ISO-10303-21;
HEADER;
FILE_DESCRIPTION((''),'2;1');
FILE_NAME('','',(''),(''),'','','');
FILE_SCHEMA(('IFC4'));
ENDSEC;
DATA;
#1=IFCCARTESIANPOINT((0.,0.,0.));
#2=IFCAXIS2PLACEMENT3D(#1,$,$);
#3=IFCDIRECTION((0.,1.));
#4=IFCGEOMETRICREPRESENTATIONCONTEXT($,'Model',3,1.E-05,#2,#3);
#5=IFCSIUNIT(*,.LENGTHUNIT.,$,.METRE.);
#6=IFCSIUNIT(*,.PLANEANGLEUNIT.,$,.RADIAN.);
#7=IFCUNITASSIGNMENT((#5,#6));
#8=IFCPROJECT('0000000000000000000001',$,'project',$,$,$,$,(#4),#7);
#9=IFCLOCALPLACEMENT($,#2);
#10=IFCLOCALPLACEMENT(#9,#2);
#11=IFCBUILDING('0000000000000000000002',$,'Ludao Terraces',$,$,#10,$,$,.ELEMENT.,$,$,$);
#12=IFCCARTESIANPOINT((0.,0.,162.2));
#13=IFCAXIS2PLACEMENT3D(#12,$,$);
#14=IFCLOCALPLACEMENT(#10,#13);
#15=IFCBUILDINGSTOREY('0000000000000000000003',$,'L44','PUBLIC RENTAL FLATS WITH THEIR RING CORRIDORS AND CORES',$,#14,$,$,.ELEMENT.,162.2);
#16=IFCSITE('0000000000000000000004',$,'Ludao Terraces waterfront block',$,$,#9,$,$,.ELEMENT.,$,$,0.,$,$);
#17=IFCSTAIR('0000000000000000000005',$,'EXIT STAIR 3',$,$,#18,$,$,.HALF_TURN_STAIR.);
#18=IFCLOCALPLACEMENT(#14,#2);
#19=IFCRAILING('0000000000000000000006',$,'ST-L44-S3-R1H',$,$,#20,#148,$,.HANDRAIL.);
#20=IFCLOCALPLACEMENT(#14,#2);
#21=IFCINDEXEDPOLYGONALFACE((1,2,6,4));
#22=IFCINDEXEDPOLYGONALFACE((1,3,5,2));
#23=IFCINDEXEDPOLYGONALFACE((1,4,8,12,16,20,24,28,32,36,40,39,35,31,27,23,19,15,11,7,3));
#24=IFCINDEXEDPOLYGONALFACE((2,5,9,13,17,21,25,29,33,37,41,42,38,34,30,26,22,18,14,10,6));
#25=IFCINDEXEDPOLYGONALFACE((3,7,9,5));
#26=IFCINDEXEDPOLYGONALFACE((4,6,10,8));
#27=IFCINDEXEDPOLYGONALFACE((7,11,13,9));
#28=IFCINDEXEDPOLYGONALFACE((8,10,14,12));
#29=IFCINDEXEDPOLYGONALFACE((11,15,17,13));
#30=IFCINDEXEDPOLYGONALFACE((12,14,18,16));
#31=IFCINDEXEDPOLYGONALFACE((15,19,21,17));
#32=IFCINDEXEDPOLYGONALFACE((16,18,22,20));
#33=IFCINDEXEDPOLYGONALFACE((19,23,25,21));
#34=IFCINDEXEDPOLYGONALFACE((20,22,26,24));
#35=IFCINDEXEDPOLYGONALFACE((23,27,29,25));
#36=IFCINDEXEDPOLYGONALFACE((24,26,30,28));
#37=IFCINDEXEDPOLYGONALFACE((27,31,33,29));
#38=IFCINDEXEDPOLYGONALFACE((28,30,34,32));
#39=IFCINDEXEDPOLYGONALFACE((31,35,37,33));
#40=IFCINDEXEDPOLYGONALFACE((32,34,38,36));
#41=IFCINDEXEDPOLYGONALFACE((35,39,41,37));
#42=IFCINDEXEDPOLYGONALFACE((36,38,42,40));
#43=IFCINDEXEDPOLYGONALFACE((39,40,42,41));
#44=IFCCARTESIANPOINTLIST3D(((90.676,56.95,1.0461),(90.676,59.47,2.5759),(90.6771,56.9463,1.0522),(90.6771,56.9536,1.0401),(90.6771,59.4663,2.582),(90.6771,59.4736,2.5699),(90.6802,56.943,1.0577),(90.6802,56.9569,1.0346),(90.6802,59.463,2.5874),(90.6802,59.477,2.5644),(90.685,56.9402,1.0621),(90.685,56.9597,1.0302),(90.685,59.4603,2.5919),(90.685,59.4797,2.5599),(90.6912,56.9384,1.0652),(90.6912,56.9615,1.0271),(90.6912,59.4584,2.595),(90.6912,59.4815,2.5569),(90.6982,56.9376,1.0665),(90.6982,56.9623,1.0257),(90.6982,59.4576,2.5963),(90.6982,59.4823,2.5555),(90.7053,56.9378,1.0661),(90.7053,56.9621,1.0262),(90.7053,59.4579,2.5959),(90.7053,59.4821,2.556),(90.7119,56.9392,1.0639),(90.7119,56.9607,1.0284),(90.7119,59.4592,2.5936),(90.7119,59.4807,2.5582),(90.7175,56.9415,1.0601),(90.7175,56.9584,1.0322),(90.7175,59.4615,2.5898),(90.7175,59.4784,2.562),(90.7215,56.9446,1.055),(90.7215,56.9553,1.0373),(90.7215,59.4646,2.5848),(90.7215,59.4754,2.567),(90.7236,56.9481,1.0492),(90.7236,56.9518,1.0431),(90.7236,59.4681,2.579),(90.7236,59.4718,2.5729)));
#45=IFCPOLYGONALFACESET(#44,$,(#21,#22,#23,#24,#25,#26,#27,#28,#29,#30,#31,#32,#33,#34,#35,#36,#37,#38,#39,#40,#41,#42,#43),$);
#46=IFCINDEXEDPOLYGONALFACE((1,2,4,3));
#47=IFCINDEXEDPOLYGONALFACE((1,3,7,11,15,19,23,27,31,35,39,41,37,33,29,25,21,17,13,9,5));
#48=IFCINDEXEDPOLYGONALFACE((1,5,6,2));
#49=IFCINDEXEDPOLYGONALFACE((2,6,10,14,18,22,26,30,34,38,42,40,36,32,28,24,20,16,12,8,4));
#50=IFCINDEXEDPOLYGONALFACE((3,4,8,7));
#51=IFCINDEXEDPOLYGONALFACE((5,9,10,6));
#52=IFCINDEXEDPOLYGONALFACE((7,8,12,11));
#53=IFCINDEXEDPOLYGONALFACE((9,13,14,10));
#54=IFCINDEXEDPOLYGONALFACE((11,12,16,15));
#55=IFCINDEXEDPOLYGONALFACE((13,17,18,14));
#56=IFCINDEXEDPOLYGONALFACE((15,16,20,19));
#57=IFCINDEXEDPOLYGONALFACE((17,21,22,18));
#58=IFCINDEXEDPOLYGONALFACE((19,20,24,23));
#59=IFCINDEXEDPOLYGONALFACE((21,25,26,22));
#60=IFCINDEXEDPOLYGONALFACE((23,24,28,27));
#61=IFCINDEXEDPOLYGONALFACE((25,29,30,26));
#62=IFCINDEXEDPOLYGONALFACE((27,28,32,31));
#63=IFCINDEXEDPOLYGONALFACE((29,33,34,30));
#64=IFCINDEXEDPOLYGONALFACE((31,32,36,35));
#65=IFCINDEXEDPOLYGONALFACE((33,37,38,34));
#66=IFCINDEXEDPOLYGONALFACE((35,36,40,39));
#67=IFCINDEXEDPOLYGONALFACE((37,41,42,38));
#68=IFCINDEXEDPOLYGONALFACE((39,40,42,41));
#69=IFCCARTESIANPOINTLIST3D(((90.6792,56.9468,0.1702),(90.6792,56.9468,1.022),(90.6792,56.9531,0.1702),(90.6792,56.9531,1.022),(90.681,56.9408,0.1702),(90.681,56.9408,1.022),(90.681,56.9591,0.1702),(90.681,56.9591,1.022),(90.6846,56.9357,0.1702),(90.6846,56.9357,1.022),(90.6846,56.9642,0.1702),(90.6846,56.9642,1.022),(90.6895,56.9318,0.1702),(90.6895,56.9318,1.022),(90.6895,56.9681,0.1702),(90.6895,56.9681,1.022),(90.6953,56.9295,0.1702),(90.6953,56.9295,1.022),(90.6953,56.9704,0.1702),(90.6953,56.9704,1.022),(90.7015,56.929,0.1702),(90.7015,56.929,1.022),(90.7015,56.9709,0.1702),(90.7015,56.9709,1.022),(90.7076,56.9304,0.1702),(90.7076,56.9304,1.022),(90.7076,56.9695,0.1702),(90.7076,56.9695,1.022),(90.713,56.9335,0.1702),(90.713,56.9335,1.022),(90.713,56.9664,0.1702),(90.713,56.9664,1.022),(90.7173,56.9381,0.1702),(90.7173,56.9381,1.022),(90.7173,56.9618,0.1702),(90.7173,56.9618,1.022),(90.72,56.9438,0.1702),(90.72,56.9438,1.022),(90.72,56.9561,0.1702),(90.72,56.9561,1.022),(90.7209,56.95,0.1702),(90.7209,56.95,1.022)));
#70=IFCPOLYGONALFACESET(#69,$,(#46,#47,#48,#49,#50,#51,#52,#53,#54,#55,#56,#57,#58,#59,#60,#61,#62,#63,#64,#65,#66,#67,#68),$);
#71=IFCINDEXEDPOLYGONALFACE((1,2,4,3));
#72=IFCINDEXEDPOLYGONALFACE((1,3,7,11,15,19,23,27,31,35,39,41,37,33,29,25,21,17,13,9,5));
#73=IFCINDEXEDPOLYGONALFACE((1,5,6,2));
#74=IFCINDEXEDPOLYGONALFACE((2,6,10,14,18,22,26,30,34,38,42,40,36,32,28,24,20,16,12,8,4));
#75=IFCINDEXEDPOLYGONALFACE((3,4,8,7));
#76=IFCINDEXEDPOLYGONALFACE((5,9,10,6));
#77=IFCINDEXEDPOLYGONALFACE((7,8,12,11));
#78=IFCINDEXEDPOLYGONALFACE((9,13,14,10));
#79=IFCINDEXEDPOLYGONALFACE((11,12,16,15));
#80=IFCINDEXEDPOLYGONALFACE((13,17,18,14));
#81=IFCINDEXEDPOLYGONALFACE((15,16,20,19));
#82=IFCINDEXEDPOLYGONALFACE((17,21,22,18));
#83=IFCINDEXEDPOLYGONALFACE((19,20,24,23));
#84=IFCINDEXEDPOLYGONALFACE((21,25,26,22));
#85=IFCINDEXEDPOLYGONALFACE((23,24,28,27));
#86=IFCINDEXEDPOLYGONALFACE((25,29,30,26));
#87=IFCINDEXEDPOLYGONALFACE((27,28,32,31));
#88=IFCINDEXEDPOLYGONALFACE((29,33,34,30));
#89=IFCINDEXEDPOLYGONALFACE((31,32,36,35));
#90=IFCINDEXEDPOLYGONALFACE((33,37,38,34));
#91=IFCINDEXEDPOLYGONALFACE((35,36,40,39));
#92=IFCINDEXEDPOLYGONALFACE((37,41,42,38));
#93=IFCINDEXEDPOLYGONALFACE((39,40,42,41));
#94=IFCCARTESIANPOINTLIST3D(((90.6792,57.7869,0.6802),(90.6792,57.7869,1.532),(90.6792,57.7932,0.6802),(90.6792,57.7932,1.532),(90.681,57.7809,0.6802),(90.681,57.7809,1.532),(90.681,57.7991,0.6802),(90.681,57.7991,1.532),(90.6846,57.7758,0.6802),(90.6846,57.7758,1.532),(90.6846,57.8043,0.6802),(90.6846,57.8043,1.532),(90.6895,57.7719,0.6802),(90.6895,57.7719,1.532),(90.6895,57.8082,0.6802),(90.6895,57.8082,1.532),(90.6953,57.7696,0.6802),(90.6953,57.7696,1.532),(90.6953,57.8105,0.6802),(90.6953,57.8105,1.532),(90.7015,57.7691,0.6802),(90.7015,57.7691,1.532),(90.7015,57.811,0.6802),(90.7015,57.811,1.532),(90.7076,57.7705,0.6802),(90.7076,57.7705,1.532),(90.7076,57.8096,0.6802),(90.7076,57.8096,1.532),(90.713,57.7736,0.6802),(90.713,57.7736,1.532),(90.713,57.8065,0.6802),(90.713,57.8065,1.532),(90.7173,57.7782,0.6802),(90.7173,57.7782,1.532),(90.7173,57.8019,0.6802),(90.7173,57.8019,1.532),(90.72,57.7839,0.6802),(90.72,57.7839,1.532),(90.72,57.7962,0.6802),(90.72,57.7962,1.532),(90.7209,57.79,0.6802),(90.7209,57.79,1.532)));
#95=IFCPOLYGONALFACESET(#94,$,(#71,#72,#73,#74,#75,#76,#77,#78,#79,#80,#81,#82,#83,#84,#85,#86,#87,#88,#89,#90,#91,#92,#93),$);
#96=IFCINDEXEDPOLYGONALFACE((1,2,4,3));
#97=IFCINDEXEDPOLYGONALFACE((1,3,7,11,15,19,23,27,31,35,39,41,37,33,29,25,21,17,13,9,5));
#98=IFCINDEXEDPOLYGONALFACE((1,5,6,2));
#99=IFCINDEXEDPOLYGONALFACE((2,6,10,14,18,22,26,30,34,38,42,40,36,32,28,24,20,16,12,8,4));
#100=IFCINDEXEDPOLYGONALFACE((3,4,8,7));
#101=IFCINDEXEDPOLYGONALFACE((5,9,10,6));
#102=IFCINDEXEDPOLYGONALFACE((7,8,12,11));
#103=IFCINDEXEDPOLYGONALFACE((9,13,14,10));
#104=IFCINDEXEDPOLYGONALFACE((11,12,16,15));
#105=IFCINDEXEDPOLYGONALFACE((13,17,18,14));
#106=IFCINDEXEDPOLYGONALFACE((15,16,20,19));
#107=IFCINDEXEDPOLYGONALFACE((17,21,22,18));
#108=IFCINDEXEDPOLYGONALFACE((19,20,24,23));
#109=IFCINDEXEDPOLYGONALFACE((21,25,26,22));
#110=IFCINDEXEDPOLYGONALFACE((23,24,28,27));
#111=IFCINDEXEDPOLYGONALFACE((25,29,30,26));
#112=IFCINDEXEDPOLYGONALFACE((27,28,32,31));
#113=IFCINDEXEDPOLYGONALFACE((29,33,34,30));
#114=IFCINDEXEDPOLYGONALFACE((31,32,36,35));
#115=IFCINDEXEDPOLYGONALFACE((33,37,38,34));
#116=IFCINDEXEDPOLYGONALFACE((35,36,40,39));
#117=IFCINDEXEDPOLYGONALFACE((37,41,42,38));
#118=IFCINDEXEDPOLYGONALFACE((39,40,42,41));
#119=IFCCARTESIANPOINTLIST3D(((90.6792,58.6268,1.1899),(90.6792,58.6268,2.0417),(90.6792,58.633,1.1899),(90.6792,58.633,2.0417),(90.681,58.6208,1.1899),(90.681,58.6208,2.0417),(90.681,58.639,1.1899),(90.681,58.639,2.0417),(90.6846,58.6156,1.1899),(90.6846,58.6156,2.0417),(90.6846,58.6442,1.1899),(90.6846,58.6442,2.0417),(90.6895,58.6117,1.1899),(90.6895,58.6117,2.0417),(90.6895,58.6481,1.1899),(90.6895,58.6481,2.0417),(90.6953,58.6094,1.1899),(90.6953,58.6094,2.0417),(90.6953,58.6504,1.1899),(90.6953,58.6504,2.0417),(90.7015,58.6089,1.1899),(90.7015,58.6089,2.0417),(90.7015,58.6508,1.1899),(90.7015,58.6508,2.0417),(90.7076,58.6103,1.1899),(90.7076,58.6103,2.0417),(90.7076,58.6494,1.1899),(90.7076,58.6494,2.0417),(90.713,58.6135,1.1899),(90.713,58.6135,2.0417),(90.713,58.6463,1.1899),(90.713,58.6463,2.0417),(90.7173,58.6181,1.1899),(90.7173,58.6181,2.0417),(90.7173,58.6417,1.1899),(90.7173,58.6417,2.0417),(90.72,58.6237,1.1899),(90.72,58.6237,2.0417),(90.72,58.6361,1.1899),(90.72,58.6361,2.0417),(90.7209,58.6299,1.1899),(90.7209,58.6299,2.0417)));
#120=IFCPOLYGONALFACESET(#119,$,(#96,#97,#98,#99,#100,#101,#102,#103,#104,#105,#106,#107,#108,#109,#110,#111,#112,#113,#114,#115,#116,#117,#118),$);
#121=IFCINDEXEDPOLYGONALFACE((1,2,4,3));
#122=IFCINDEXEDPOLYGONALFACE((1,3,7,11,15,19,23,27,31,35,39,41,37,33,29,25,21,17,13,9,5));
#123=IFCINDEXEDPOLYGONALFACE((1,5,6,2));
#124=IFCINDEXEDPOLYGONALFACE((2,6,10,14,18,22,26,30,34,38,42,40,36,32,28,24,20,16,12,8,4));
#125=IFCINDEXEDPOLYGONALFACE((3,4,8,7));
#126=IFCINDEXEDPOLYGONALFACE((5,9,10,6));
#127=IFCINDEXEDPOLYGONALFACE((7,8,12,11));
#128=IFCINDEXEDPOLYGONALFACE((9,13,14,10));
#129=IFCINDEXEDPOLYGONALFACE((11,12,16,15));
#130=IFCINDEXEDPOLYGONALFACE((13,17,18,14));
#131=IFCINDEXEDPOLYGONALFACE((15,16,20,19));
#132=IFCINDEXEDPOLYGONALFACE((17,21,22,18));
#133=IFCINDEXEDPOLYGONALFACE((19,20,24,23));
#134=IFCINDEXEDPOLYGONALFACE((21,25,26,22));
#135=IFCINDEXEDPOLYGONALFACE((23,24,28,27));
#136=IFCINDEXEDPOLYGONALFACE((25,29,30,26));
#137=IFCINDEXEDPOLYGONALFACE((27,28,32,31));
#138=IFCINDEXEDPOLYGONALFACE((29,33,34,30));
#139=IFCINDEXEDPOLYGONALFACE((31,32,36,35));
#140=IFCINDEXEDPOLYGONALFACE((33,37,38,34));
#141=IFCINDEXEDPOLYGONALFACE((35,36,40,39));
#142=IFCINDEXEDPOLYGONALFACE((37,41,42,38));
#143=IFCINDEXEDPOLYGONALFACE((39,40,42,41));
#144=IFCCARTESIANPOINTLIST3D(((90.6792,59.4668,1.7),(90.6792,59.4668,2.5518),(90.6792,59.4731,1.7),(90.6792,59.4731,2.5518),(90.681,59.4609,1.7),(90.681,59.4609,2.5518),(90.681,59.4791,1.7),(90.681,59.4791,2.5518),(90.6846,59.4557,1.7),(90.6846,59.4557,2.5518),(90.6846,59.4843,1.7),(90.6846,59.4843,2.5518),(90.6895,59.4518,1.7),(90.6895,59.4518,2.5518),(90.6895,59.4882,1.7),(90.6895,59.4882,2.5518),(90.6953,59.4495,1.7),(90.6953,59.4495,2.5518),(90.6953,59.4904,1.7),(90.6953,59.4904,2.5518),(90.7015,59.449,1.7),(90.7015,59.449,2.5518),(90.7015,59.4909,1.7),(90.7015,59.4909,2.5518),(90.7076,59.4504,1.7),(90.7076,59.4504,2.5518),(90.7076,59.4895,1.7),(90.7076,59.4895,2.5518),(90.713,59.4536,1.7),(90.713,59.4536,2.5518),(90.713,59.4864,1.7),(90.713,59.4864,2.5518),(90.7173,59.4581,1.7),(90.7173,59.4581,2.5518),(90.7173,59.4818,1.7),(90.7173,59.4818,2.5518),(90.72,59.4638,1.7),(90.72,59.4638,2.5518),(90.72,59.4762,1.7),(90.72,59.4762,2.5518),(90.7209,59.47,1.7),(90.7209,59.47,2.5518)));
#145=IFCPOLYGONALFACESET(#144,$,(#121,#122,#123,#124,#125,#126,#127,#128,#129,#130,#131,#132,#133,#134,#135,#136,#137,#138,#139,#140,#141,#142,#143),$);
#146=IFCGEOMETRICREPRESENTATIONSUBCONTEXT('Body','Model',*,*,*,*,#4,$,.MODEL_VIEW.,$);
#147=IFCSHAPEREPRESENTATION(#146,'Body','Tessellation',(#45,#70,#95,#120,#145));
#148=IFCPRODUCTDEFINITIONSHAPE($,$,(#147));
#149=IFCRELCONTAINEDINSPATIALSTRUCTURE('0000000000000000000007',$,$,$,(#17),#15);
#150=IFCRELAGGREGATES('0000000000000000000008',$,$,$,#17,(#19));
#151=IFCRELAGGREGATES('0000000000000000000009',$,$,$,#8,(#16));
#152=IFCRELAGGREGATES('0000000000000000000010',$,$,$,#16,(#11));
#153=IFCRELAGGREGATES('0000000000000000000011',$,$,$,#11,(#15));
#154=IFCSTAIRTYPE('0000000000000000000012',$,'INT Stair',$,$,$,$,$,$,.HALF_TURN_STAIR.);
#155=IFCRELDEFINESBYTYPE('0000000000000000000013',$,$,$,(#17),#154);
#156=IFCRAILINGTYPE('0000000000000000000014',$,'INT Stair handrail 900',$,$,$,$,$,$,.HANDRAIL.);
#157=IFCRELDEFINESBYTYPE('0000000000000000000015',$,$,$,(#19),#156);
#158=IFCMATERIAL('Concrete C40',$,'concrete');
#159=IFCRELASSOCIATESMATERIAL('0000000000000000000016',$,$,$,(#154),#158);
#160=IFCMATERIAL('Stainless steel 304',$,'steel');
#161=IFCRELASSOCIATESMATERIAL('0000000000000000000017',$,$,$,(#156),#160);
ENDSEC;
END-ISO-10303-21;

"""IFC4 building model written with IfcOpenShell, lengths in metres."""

from ifc_helpers import new_model, si_unit, direction, frame, origin, origin_2d, place, context, subcontext, project, spatial, circle, extrude, material, type_object, element, aggregate, save


model = new_model("IFC4")

# Units and contexts
model_context = context("Model", 3, precision=1e-05, world=origin(), true_north=direction((0.0, 1.0)))
body_context = subcontext(model_context, "Body", "Model", "MODEL_VIEW")
ifc_project = project(units=[si_unit("LENGTHUNIT", "METRE"), si_unit("PLANEANGLEUNIT", "RADIAN")], contexts=[model_context])

# Site, building, storey
site_placement = place(None, origin())
site = spatial("IfcSite", under=ifc_project, at=site_placement, Name="Ludao Terraces waterfront block", CompositionType="ELEMENT", RefElevation=0.0)
building_placement = place(site_placement, origin())
building = spatial("IfcBuilding", under=site, at=building_placement, Name="Ludao Terraces", CompositionType="ELEMENT")
storey_placement = place(building_placement, frame((0.0, 0.0, 162.2)))
storey = spatial("IfcBuildingStorey", under=building, at=storey_placement, Name="L44", Description="PUBLIC RENTAL FLATS WITH THEIR RING CORRIDORS AND CORES", CompositionType="ELEMENT", Elevation=162.2)

# Shared definitions
ifc_material_1 = material(Name="Concrete C40", Category="concrete")

# Stair, railing
stair_type = type_object("IfcStairType", Name="INT Stair", PredefinedType="HALF_TURN_STAIR", material=ifc_material_1)
stair_placement = place(storey_placement, origin())
stair = element("IfcStair", 1, at=stair_placement, inside=storey, type_object=stair_type, Name="EXIT STAIR 3", PredefinedType="HALF_TURN_STAIR")
ifc_material_2 = material(Name="Stainless steel 304", Category="steel")
railing_type_1 = type_object("IfcRailingType", Name="INT Stair handrail 900", PredefinedType="HANDRAIL", material=ifc_material_2)
railing_1_placement = place(storey_placement, frame((90.7, 56.95, 0.1702)))
railing_1 = element("IfcRailing", 2, at=railing_1_placement, type_object=railing_type_1, Name="ST-L44-S3-R1H", PredefinedType="HANDRAIL", context=body_context, shape_type="SweptSolid", body=[
    extrude(circle(Radius=0.0239, at=origin_2d()), frame((0.0, 0.0, 0.876), z_axis=(0.0, 0.854822, 0.518922), x_axis=(-1.0, 0.0, 0.0)), (0.0, 0.0, 1.0), 2.948),
    extrude(circle(Radius=0.021, at=origin_2d()), origin(), (0.0, 0.0, 1.0), 0.8518),
    extrude(circle(Radius=0.021, at=origin_2d()), frame((0.0, 0.8401, 0.51)), (0.0, 0.0, 1.0), 0.8518),
    extrude(circle(Radius=0.021, at=origin_2d()), frame((0.0, 1.6799, 1.0198)), (0.0, 0.0, 1.0), 0.8518),
    extrude(circle(Radius=0.021, at=origin_2d()), frame((0.0, 2.52, 1.5298)), (0.0, 0.0, 1.0), 0.8518),
])
aggregate(stair, [railing_1])

save(model, "model.ifc")
